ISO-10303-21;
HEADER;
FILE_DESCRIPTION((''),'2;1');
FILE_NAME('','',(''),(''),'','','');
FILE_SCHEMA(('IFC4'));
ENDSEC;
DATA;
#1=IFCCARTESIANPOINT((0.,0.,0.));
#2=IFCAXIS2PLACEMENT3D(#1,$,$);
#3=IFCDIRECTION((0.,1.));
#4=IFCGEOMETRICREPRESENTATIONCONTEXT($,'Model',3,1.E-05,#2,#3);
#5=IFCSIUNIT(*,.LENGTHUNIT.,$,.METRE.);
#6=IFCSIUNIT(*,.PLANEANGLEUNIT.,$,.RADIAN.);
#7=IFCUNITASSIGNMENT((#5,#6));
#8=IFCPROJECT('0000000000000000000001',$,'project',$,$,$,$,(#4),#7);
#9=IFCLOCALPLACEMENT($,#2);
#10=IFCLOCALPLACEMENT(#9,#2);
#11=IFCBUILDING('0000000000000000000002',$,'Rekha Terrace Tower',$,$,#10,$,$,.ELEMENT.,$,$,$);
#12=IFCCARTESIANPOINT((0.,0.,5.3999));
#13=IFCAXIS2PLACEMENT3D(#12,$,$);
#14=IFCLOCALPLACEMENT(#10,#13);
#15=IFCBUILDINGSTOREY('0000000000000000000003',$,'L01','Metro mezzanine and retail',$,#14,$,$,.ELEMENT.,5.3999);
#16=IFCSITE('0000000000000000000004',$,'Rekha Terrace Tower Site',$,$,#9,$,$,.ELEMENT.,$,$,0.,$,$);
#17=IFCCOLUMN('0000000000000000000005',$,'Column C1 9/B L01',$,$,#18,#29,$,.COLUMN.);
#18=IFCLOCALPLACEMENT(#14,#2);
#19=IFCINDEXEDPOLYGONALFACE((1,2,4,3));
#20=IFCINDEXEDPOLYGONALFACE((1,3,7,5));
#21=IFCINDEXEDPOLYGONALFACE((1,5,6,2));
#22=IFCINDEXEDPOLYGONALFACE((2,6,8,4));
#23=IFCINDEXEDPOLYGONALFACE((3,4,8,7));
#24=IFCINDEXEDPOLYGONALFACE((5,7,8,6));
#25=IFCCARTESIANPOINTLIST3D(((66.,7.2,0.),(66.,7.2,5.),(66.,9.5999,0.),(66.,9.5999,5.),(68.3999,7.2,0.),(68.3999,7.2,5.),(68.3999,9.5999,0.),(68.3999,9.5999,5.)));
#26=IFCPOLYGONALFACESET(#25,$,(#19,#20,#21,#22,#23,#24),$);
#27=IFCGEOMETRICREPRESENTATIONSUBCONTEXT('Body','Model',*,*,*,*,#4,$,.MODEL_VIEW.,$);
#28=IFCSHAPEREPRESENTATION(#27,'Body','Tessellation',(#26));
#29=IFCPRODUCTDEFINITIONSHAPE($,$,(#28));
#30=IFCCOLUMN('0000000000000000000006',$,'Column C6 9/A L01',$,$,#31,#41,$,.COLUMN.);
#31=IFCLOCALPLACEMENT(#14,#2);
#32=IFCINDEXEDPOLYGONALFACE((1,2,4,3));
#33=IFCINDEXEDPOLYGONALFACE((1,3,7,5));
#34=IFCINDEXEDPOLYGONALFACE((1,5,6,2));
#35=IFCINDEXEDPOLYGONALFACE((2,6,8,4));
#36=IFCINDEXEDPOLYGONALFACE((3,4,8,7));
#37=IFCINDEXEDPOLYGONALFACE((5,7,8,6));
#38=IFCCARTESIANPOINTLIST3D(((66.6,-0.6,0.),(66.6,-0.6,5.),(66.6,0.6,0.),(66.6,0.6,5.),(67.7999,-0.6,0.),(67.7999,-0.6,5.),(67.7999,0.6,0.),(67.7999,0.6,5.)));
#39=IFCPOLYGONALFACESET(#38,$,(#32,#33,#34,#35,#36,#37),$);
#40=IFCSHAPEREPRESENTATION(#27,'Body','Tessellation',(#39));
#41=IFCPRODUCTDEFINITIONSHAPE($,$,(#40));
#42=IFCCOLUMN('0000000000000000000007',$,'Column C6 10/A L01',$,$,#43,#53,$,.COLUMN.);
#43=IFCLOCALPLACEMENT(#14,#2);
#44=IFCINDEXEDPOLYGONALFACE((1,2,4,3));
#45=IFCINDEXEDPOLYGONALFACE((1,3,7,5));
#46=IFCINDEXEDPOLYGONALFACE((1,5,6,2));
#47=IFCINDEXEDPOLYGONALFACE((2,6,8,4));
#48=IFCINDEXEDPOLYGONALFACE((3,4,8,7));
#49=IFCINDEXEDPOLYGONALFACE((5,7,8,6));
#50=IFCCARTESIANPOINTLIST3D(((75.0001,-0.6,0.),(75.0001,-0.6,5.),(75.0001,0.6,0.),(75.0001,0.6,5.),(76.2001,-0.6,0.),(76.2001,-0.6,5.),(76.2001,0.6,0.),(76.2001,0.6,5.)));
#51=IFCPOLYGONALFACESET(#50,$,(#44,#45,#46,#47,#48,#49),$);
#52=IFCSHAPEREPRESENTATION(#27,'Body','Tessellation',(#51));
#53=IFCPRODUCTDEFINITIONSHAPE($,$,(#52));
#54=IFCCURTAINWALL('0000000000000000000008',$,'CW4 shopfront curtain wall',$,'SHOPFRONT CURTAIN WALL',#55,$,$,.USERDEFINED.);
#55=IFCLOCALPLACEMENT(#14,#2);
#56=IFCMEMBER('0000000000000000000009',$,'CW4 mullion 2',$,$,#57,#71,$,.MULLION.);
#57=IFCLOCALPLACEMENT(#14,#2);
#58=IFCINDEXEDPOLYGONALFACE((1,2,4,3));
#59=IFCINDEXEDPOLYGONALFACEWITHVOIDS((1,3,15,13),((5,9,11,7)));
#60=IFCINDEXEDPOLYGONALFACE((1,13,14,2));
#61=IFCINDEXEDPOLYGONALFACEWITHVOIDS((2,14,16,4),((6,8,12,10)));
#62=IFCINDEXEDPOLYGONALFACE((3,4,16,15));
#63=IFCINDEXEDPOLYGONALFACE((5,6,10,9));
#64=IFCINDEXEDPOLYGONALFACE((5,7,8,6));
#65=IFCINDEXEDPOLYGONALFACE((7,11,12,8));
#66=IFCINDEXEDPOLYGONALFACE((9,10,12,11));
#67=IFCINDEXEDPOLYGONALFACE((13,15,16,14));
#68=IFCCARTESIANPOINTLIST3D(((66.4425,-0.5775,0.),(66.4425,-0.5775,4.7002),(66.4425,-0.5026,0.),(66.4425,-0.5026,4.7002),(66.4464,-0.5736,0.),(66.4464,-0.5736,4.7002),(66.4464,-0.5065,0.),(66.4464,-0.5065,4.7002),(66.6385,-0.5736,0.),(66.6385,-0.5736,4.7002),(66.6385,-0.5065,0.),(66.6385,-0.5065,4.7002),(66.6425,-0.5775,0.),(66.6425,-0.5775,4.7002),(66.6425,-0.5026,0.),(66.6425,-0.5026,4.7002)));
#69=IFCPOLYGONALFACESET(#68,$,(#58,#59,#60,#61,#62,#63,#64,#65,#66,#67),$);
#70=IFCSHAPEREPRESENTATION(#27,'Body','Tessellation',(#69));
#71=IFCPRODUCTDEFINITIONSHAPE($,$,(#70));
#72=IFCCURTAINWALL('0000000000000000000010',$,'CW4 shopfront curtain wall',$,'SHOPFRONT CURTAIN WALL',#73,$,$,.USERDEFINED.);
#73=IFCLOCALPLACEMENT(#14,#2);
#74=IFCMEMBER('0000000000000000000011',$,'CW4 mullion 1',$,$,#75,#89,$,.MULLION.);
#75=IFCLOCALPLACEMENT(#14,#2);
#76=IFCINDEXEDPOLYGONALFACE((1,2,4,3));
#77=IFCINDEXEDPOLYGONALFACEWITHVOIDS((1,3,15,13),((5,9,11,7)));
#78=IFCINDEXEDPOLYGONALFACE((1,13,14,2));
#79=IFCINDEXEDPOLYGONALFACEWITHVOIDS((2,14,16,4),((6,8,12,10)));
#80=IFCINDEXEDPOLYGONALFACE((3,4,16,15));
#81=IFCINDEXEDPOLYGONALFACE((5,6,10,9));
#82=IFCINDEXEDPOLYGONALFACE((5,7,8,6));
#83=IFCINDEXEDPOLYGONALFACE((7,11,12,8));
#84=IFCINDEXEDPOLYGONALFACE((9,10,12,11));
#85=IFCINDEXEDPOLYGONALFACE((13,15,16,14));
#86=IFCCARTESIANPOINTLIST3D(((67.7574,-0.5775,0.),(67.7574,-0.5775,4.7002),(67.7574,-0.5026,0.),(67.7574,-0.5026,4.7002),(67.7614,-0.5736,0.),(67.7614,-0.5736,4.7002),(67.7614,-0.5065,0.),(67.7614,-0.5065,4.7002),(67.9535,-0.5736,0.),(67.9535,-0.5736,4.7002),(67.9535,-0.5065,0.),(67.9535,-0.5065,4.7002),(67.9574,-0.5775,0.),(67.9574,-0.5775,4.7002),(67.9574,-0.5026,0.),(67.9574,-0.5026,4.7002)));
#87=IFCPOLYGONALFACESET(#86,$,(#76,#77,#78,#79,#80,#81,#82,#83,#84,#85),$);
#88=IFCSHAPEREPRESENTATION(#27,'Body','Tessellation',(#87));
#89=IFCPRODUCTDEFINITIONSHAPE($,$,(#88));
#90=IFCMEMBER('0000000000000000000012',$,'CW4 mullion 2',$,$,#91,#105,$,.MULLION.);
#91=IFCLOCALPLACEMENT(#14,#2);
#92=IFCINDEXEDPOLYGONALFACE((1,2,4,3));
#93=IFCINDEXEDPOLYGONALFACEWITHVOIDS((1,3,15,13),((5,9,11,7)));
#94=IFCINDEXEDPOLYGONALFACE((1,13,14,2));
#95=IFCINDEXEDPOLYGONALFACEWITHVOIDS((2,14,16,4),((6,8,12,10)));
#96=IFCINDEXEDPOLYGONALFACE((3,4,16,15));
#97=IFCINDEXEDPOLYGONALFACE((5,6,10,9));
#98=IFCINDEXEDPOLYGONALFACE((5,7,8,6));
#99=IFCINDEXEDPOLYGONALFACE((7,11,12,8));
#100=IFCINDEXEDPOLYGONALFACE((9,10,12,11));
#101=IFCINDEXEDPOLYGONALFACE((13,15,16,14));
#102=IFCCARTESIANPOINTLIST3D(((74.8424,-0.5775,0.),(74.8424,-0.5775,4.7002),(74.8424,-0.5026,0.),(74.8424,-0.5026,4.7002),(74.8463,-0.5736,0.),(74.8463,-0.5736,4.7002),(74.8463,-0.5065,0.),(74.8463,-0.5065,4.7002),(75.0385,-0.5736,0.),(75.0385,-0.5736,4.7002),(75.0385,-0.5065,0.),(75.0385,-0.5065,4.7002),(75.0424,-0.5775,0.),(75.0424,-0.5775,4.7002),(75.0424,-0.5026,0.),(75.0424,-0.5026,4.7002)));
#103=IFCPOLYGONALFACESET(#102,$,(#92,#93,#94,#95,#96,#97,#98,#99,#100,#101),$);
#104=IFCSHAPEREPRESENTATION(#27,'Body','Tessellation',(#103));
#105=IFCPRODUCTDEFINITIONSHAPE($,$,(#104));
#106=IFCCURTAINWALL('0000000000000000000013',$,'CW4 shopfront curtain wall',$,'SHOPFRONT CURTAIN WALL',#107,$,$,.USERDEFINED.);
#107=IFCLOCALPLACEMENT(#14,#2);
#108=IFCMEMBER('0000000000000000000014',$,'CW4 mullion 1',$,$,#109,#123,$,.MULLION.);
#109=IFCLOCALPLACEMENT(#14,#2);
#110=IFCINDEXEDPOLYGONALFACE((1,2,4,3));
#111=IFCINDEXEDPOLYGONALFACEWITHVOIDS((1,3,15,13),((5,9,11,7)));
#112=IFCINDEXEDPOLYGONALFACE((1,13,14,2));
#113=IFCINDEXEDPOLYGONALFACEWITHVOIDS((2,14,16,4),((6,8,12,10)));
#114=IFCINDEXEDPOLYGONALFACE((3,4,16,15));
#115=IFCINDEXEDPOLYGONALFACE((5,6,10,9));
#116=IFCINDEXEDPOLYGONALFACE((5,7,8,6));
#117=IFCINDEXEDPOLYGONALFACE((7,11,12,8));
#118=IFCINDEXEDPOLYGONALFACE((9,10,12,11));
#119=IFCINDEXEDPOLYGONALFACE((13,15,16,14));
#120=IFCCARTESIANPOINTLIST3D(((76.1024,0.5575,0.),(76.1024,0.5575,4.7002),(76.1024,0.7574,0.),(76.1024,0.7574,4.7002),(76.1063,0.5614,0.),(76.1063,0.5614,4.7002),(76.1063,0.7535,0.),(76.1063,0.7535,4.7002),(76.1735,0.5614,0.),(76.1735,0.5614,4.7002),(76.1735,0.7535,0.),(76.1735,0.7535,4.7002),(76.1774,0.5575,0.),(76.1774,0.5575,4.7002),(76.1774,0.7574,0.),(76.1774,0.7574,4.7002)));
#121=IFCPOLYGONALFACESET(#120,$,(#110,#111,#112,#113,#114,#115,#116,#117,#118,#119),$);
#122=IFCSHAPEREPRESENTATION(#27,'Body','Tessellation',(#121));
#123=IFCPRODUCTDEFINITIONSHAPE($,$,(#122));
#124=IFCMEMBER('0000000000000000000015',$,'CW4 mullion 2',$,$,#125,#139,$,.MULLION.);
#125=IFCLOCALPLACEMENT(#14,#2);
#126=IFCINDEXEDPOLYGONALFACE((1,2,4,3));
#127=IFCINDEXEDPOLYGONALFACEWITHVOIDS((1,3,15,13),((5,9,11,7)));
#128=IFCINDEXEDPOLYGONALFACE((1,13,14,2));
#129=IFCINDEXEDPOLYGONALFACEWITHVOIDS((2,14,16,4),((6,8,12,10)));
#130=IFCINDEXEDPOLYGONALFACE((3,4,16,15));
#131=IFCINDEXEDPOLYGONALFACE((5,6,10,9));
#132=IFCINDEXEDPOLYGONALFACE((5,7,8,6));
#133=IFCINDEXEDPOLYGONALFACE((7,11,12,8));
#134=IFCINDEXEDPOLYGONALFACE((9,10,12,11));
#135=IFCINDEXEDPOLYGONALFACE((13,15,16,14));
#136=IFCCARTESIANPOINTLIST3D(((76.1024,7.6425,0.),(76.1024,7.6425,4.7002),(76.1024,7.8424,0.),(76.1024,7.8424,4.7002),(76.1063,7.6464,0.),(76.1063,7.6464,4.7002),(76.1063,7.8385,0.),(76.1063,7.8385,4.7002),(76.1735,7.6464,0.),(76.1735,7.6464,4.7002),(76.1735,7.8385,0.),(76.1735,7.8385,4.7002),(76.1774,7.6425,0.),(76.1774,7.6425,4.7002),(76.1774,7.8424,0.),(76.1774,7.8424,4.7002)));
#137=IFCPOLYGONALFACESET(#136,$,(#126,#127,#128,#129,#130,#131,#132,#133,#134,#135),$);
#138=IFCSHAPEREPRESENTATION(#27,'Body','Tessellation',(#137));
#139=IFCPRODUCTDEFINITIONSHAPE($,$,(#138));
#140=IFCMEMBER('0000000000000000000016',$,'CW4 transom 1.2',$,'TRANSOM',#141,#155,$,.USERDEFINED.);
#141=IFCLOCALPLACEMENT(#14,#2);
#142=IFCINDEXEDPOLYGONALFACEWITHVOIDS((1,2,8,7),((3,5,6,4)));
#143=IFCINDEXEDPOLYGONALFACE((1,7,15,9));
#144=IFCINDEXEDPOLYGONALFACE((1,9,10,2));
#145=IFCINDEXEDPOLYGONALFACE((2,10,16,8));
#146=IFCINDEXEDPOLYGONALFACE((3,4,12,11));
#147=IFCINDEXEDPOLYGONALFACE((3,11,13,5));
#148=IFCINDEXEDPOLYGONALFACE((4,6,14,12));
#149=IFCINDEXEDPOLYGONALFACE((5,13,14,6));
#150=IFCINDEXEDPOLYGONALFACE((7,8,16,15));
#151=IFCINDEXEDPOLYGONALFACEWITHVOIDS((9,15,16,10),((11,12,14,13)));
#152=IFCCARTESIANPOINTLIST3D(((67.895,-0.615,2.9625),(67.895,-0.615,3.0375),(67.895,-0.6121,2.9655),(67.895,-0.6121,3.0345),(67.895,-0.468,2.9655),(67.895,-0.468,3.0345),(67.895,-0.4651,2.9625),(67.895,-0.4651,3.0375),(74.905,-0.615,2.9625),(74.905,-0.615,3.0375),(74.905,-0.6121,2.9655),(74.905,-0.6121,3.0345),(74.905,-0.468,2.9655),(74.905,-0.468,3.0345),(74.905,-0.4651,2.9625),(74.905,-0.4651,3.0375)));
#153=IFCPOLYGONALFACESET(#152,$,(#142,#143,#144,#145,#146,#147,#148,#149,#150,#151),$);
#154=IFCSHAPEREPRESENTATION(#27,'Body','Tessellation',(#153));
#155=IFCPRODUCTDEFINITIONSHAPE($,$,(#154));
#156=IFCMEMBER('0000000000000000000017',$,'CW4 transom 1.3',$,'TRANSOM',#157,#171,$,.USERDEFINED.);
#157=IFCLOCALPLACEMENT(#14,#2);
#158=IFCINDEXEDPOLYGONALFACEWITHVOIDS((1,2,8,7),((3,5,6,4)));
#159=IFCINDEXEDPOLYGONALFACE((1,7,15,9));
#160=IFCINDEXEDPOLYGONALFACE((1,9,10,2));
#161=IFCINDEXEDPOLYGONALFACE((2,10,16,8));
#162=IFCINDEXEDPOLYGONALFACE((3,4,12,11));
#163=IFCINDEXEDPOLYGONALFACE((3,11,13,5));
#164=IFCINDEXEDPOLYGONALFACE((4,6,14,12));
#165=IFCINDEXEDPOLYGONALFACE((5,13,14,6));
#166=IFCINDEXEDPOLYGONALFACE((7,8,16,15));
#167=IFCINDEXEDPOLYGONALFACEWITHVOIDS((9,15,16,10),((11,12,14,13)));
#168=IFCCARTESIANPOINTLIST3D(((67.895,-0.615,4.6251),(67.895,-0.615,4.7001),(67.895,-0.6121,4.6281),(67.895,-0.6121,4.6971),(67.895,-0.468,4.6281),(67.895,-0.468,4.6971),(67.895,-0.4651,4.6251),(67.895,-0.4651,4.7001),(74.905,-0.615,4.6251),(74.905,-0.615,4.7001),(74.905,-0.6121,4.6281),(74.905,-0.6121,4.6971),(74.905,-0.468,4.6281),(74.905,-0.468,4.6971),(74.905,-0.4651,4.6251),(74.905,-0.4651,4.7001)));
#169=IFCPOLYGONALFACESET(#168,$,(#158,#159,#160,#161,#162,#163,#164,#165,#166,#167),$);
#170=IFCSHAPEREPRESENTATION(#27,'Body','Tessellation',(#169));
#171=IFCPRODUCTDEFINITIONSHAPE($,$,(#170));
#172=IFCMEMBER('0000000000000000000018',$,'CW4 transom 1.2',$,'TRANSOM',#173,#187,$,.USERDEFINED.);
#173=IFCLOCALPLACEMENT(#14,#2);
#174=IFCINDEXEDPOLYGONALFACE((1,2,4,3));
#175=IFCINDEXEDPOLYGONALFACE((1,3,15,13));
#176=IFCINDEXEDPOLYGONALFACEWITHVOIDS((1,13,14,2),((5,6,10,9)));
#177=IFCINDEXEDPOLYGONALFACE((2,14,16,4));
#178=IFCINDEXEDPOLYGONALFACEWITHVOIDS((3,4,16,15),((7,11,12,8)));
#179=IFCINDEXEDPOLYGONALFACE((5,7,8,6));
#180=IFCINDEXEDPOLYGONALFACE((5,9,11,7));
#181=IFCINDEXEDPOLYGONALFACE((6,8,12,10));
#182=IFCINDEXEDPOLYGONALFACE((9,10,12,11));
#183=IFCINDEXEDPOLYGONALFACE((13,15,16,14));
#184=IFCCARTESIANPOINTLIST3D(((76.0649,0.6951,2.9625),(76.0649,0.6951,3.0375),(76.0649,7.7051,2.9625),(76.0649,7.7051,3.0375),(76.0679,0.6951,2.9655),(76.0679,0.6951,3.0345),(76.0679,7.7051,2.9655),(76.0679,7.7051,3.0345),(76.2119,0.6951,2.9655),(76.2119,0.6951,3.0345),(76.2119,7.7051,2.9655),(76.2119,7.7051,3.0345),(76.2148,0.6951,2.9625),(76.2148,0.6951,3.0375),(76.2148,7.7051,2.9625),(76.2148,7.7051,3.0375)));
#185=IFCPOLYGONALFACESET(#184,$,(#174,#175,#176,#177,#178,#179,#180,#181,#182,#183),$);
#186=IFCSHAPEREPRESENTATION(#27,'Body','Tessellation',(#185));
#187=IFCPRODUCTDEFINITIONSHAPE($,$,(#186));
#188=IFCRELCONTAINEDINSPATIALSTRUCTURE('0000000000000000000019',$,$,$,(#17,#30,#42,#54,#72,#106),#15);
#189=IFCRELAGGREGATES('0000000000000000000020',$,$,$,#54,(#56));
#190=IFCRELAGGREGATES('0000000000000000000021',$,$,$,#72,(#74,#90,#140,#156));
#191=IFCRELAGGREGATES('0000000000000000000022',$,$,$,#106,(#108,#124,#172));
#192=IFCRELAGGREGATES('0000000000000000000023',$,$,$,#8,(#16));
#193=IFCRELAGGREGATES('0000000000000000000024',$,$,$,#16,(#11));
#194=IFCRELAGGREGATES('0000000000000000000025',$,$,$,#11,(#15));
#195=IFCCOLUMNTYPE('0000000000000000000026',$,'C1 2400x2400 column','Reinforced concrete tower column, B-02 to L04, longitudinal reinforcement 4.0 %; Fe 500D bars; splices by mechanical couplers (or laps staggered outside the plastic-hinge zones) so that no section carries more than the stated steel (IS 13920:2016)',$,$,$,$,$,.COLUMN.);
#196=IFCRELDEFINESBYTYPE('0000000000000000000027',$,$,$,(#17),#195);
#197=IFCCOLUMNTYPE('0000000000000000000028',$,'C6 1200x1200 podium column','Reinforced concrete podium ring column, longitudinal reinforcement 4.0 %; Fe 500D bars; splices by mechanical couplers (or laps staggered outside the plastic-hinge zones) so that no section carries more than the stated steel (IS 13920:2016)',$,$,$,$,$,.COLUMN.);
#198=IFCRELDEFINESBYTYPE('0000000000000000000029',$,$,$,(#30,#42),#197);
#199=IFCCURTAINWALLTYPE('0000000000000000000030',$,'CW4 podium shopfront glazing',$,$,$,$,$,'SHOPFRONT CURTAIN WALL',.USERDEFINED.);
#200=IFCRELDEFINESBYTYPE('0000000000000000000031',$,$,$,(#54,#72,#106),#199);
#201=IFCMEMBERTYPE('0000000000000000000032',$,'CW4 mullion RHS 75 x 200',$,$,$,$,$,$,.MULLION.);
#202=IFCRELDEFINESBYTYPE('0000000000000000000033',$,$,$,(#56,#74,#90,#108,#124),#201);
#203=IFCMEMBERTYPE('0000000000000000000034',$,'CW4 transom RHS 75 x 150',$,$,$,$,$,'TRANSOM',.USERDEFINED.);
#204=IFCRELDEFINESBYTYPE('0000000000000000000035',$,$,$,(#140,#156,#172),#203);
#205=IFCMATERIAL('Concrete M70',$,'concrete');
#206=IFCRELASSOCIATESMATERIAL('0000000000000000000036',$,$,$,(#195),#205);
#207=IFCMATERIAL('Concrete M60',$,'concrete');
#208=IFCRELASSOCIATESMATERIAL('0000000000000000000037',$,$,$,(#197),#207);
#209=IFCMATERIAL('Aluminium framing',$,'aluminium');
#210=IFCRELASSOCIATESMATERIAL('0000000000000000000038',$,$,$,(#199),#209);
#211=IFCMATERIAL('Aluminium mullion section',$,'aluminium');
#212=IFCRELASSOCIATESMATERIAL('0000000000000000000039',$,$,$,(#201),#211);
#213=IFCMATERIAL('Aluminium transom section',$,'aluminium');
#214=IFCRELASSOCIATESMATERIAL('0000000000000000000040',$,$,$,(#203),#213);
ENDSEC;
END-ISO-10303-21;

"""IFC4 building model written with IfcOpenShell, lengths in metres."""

from ifc_helpers import new_model, si_unit, direction, frame, origin, origin_2d, place, context, subcontext, project, spatial, rectangle, hollow_rectangle, extrude, material, material_profile, profile_set, type_object, element, aggregate, save


model = new_model("IFC4")

# Units and contexts
model_context = context("Model", 3, precision=1e-05, world=origin(), true_north=direction((0.0, 1.0)))
body_context = subcontext(model_context, "Body", "Model", "MODEL_VIEW")
ifc_project = project(units=[si_unit("LENGTHUNIT", "METRE"), si_unit("PLANEANGLEUNIT", "RADIAN")], contexts=[model_context])

# Site, building, storey
site_placement = place(None, origin())
site = spatial("IfcSite", under=ifc_project, at=site_placement, Name="Rekha Terrace Tower Site", CompositionType="ELEMENT", RefElevation=0.0)
building_placement = place(site_placement, origin())
building = spatial("IfcBuilding", under=site, at=building_placement, Name="Rekha Terrace Tower", CompositionType="ELEMENT")
storey_placement = place(building_placement, frame((0.0, 0.0, 5.3999)))
storey = spatial("IfcBuildingStorey", under=building, at=storey_placement, Name="L01", Description="Metro mezzanine and retail", CompositionType="ELEMENT", Elevation=5.3999)

# Columns
ifc_material_1 = material(Name="Concrete M70", Category="concrete")
ifc_material_profile_1 = material_profile(ifc_material_1, rectangle(XDim=2.3999, YDim=2.3999, at=origin_2d()), Name="RC 2400x2400")
ifc_profile_set_1 = profile_set([ifc_material_profile_1], Name="Concrete M70")
column_type_1 = type_object("IfcColumnType", Name="C1 2400x2400 column", Description="Reinforced concrete tower column, B-02 to L04, longitudinal reinforcement 4.0 %; Fe 500D bars; splices by mechanical couplers (or laps staggered outside the plastic-hinge zones) so that no section carries more than the stated steel (IS 13920:2016)", PredefinedType="COLUMN", material=ifc_profile_set_1)
column_placement = place(storey_placement, frame((67.2, 8.3999, 0.0), z_axis=(0.0, 0.0, 1.0), x_axis=(1.0, 0.0, 0.0)))
element("IfcColumn", 1, at=column_placement, inside=storey, type_object=column_type_1, Name="Column C1 9/B L01", PredefinedType="COLUMN", context=body_context, shape_type="SweptSolid", body=[
    extrude(rectangle(XDim=2.3999, YDim=2.3999, at=origin_2d()), origin(), (0.0, 0.0, 1.0), 5.0),
])
ifc_material_2 = material(Name="Concrete M60", Category="concrete")
ifc_material_profile_2 = material_profile(ifc_material_2, rectangle(XDim=1.2, YDim=1.2, at=origin_2d()), Name="RC 1200x1200")
ifc_profile_set_2 = profile_set([ifc_material_profile_2], Name="Concrete M60")
column_type_2 = type_object("IfcColumnType", Name="C6 1200x1200 podium column", Description="Reinforced concrete podium ring column, longitudinal reinforcement 4.0 %; Fe 500D bars; splices by mechanical couplers (or laps staggered outside the plastic-hinge zones) so that no section carries more than the stated steel (IS 13920:2016)", PredefinedType="COLUMN", material=ifc_profile_set_2)
for number, where, z_axis, x_axis, name in (
    (2, (67.2, 0.0, 0.0), (0.0, 0.0, 1.0), (1.0, 0.0, 0.0), "Column C6 9/A L01"),
    (3, (75.6001, 0.0, 0.0), (0.0, 0.0, 1.0), (1.0, 0.0, 0.0), "Column C6 10/A L01"),
):
    element("IfcColumn", number, at=place(storey_placement, frame(where, z_axis=z_axis, x_axis=x_axis)), inside=storey, type_object=column_type_2, Name=name, PredefinedType="COLUMN", context=body_context, shape_type="SweptSolid", body=[
        extrude(rectangle(XDim=1.2, YDim=1.2, at=origin_2d()), origin(), (0.0, 0.0, 1.0), 5.0),
    ])

# Curtain wall, member
ifc_material_3 = material(Name="Aluminium framing", Category="aluminium")
curtain_wall_type = type_object("IfcCurtainWallType", Name="CW4 podium shopfront glazing", ElementType="SHOPFRONT CURTAIN WALL", PredefinedType="USERDEFINED", material=ifc_material_3)
curtain_wall_1_placement = place(storey_placement, origin())
curtain_wall_1 = element("IfcCurtainWall", 4, at=curtain_wall_1_placement, inside=storey, type_object=curtain_wall_type, Name="CW4 shopfront curtain wall", ObjectType="SHOPFRONT CURTAIN WALL", PredefinedType="USERDEFINED")
ifc_material_4 = material(Name="Aluminium mullion section", Category="aluminium")
ifc_material_profile_3 = material_profile(ifc_material_4, hollow_rectangle(XDim=0.075, YDim=0.2, WallThickness=0.0039, at=origin_2d()), Name="AL RHS 75x200")
ifc_profile_set_3 = profile_set([ifc_material_profile_3], Name="Aluminium mullion section")
member_type_1 = type_object("IfcMemberType", Name="CW4 mullion RHS 75 x 200", PredefinedType="MULLION", material=ifc_profile_set_3)
member_1_placement = place(storey_placement, frame((66.5425, -0.54, 0.0), z_axis=(0.0, 0.0, 1.0), x_axis=(0.0, 1.0, 0.0)))
member_1 = element("IfcMember", 5, at=member_1_placement, type_object=member_type_1, Name="CW4 mullion 2", PredefinedType="MULLION", context=body_context, shape_type="SweptSolid", body=[
    extrude(hollow_rectangle(XDim=0.075, YDim=0.2, WallThickness=0.0039, at=origin_2d()), origin(), (0.0, 0.0, 1.0), 4.7002),
])
aggregate(curtain_wall_1, [member_1])

# Curtain walls, members
curtain_wall_2_placement = place(storey_placement, origin())
curtain_wall_2 = element("IfcCurtainWall", 6, at=curtain_wall_2_placement, inside=storey, type_object=curtain_wall_type, Name="CW4 shopfront curtain wall", ObjectType="SHOPFRONT CURTAIN WALL", PredefinedType="USERDEFINED")
member_2_placement = place(storey_placement, frame((67.8574, -0.54, 0.0), z_axis=(0.0, 0.0, 1.0), x_axis=(0.0, 1.0, 0.0)))
member_2 = element("IfcMember", 7, at=member_2_placement, type_object=member_type_1, Name="CW4 mullion 1", PredefinedType="MULLION", context=body_context, shape_type="SweptSolid", body=[
    extrude(hollow_rectangle(XDim=0.075, YDim=0.2, WallThickness=0.0039, at=origin_2d()), origin(), (0.0, 0.0, 1.0), 4.7002),
])
member_3_placement = place(storey_placement, frame((74.9424, -0.54, 0.0), z_axis=(0.0, 0.0, 1.0), x_axis=(0.0, 1.0, 0.0)))
member_3 = element("IfcMember", 8, at=member_3_placement, type_object=member_type_1, Name="CW4 mullion 2", PredefinedType="MULLION", context=body_context, shape_type="SweptSolid", body=[
    extrude(hollow_rectangle(XDim=0.075, YDim=0.2, WallThickness=0.0039, at=origin_2d()), origin(), (0.0, 0.0, 1.0), 4.7002),
])
curtain_wall_3_placement = place(storey_placement, origin())
curtain_wall_3 = element("IfcCurtainWall", 9, at=curtain_wall_3_placement, inside=storey, type_object=curtain_wall_type, Name="CW4 shopfront curtain wall", ObjectType="SHOPFRONT CURTAIN WALL", PredefinedType="USERDEFINED")
member_4_placement = place(storey_placement, frame((76.1399, 0.6575, 0.0), z_axis=(0.0, 0.0, 1.0), x_axis=(-1.0, 0.0, 0.0)))
member_4 = element("IfcMember", 10, at=member_4_placement, type_object=member_type_1, Name="CW4 mullion 1", PredefinedType="MULLION", context=body_context, shape_type="SweptSolid", body=[
    extrude(hollow_rectangle(XDim=0.075, YDim=0.2, WallThickness=0.0039, at=origin_2d()), origin(), (0.0, 0.0, 1.0), 4.7002),
])
member_5_placement = place(storey_placement, frame((76.1399, 7.7424, 0.0), z_axis=(0.0, 0.0, 1.0), x_axis=(-1.0, 0.0, 0.0)))
member_5 = element("IfcMember", 11, at=member_5_placement, type_object=member_type_1, Name="CW4 mullion 2", PredefinedType="MULLION", context=body_context, shape_type="SweptSolid", body=[
    extrude(hollow_rectangle(XDim=0.075, YDim=0.2, WallThickness=0.0039, at=origin_2d()), origin(), (0.0, 0.0, 1.0), 4.7002),
])

# Members
ifc_material_5 = material(Name="Aluminium transom section", Category="aluminium")
ifc_material_profile_4 = material_profile(ifc_material_5, hollow_rectangle(XDim=0.1499, YDim=0.075, WallThickness=0.0029, at=origin_2d()), Name="AL RHS 150x75")
ifc_profile_set_4 = profile_set([ifc_material_profile_4], Name="Aluminium transom section")
member_type_2 = type_object("IfcMemberType", Name="CW4 transom RHS 75 x 150", ElementType="TRANSOM", PredefinedType="USERDEFINED", material=ifc_profile_set_4)
member_6_placement = place(storey_placement, frame((67.895, -0.54, 3.0), z_axis=(1.0, 0.0, 0.0), x_axis=(0.0, 1.0, 0.0)))
member_6 = element("IfcMember", 12, at=member_6_placement, type_object=member_type_2, Name="CW4 transom 1.2", ObjectType="TRANSOM", PredefinedType="USERDEFINED", context=body_context, shape_type="SweptSolid", body=[
    extrude(hollow_rectangle(XDim=0.1499, YDim=0.075, WallThickness=0.0029, at=origin_2d()), origin(), (0.0, 0.0, 1.0), 7.01),
])
member_7_placement = place(storey_placement, frame((67.895, -0.54, 4.6626), z_axis=(1.0, 0.0, 0.0), x_axis=(0.0, 1.0, 0.0)))
member_7 = element("IfcMember", 13, at=member_7_placement, type_object=member_type_2, Name="CW4 transom 1.3", ObjectType="TRANSOM", PredefinedType="USERDEFINED", context=body_context, shape_type="SweptSolid", body=[
    extrude(hollow_rectangle(XDim=0.1499, YDim=0.075, WallThickness=0.0029, at=origin_2d()), origin(), (0.0, 0.0, 1.0), 7.01),
])
member_8_placement = place(storey_placement, frame((76.1399, 0.6951, 3.0), z_axis=(0.0, 1.0, 0.0), x_axis=(-1.0, 0.0, 0.0)))
member_8 = element("IfcMember", 14, at=member_8_placement, type_object=member_type_2, Name="CW4 transom 1.2", ObjectType="TRANSOM", PredefinedType="USERDEFINED", context=body_context, shape_type="SweptSolid", body=[
    extrude(hollow_rectangle(XDim=0.1499, YDim=0.075, WallThickness=0.0029, at=origin_2d()), origin(), (0.0, 0.0, 1.0), 7.01),
])

aggregate(curtain_wall_2, [member_2, member_3, member_6, member_7])
aggregate(curtain_wall_3, [member_4, member_5, member_8])

save(model, "model.ifc")
